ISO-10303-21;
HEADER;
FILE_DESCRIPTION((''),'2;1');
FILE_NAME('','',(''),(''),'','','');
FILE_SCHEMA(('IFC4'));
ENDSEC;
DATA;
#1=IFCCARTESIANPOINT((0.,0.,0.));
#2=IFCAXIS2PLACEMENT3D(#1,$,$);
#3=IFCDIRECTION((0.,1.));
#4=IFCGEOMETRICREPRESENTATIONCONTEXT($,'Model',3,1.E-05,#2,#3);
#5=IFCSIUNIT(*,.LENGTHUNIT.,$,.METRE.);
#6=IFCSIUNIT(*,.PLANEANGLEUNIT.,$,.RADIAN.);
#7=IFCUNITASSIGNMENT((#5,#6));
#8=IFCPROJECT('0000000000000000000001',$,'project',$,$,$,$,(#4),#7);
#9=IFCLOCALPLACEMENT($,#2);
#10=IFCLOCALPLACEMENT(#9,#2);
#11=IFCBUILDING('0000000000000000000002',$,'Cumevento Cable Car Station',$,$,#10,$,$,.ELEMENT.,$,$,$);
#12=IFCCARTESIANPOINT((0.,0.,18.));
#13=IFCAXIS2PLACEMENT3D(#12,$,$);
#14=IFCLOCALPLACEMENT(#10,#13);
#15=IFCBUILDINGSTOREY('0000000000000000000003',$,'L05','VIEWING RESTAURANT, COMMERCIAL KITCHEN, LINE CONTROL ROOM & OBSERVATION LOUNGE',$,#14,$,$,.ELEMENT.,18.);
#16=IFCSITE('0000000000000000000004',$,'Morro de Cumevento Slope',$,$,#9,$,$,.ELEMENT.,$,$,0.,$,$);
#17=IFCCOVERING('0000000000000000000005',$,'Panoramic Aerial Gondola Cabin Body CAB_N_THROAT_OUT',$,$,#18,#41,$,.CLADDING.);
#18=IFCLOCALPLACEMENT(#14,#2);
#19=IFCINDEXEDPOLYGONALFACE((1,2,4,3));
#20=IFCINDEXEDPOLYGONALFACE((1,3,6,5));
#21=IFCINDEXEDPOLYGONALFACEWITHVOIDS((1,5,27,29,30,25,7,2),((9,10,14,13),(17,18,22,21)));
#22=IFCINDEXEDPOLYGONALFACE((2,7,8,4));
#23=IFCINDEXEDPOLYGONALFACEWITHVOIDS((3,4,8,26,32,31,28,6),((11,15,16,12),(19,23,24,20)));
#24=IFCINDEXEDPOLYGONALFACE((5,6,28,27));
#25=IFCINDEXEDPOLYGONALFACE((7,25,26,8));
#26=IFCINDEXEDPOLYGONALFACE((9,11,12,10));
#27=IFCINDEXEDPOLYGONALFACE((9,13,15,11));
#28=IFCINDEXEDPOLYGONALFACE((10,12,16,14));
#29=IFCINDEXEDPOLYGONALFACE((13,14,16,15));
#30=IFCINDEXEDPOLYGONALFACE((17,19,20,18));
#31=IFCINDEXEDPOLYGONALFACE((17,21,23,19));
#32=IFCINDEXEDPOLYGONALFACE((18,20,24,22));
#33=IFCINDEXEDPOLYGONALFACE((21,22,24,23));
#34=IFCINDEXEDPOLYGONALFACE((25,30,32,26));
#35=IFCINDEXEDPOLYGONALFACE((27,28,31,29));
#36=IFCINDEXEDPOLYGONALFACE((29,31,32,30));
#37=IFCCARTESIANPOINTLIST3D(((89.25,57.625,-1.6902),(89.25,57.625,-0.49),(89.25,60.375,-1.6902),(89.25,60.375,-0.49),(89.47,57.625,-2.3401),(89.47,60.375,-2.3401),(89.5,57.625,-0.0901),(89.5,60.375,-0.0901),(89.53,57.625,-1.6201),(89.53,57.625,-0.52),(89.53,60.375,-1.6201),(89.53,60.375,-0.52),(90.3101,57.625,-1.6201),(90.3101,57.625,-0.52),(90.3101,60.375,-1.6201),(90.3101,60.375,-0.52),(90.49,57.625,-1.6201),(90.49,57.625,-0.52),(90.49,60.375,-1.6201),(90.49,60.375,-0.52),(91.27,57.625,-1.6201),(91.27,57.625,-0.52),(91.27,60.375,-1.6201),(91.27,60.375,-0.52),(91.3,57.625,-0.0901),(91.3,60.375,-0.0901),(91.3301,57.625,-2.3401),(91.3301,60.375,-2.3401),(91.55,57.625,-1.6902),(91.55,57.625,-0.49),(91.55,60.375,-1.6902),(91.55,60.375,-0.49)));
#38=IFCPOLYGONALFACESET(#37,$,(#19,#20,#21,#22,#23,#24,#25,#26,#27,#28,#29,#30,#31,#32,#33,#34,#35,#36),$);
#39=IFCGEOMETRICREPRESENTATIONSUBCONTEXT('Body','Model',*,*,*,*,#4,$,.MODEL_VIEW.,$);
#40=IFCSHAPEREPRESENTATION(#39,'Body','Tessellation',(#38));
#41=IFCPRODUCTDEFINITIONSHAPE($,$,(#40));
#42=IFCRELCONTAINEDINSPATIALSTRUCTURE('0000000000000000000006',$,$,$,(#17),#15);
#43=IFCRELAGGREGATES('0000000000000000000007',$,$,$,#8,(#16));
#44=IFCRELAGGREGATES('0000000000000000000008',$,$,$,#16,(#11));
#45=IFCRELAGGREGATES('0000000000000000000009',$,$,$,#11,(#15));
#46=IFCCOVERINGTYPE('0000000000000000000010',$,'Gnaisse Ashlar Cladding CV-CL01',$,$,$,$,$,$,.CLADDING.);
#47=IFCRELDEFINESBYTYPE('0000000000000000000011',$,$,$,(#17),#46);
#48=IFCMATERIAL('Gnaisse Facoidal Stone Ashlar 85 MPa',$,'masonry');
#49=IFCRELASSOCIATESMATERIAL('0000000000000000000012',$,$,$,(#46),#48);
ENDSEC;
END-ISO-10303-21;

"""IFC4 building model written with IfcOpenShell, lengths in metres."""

from ifc_helpers import new_model, si_unit, direction, frame, origin, place, context, subcontext, project, spatial, polyline, outline, extrude, material, type_object, element, save


model = new_model("IFC4")

# Units and contexts
model_context = context("Model", 3, precision=1e-05, world=origin(), true_north=direction((0.0, 1.0)))
body_context = subcontext(model_context, "Body", "Model", "MODEL_VIEW")
ifc_project = project(units=[si_unit("LENGTHUNIT", "METRE"), si_unit("PLANEANGLEUNIT", "RADIAN")], contexts=[model_context])

# Site, building, storey
site_placement = place(None, origin())
site = spatial("IfcSite", under=ifc_project, at=site_placement, Name="Morro de Cumevento Slope", CompositionType="ELEMENT", RefElevation=0.0)
building_placement = place(site_placement, origin())
building = spatial("IfcBuilding", under=site, at=building_placement, Name="Cumevento Cable Car Station", CompositionType="ELEMENT")
storey_placement = place(building_placement, frame((0.0, 0.0, 18.0)))
storey = spatial("IfcBuildingStorey", under=building, at=storey_placement, Name="L05", Description="VIEWING RESTAURANT, COMMERCIAL KITCHEN, LINE CONTROL ROOM & OBSERVATION LOUNGE", CompositionType="ELEMENT", Elevation=18.0)

# Covering
ifc_material_1 = material(Name="Gnaisse Facoidal Stone Ashlar 85 MPa", Category="masonry")
covering_type = type_object("IfcCoveringType", Name="Gnaisse Ashlar Cladding CV-CL01", PredefinedType="CLADDING", material=ifc_material_1)
covering_1_placement = place(storey_placement, frame((89.25, 59.0, -2.3401), z_axis=(0.0, 0.0, 1.0), x_axis=(1.0, 0.0, 0.0)))
element("IfcCovering", 1, at=covering_1_placement, inside=storey, type_object=covering_type, Name="Panoramic Aerial Gondola Cabin Body CAB_N_THROAT_OUT", PredefinedType="CLADDING", context=body_context, shape_type="SweptSolid", body=[
    extrude(outline(polyline([(0.22, 0.0), (2.0801, 0.0), (2.3, 0.6499), (2.3, 1.8501), (2.05, 2.25), (0.25, 2.25), (0.0, 1.8501), (0.0, 0.6499), (0.22, 0.0)]), holes=[polyline([(0.28, 0.72), (1.0601, 0.72), (1.0601, 1.8201), (0.28, 1.8201), (0.28, 0.72)]), polyline([(1.24, 0.72), (2.02, 0.72), (2.02, 1.8201), (1.24, 1.8201), (1.24, 0.72)])]), frame((0.0, 1.375, 0.0), z_axis=(0.0, -1.0, 0.0), x_axis=(1.0, 0.0, 0.0)), (0.0, 0.0, 1.0), 2.75),
])

save(model, "model.ifc")
